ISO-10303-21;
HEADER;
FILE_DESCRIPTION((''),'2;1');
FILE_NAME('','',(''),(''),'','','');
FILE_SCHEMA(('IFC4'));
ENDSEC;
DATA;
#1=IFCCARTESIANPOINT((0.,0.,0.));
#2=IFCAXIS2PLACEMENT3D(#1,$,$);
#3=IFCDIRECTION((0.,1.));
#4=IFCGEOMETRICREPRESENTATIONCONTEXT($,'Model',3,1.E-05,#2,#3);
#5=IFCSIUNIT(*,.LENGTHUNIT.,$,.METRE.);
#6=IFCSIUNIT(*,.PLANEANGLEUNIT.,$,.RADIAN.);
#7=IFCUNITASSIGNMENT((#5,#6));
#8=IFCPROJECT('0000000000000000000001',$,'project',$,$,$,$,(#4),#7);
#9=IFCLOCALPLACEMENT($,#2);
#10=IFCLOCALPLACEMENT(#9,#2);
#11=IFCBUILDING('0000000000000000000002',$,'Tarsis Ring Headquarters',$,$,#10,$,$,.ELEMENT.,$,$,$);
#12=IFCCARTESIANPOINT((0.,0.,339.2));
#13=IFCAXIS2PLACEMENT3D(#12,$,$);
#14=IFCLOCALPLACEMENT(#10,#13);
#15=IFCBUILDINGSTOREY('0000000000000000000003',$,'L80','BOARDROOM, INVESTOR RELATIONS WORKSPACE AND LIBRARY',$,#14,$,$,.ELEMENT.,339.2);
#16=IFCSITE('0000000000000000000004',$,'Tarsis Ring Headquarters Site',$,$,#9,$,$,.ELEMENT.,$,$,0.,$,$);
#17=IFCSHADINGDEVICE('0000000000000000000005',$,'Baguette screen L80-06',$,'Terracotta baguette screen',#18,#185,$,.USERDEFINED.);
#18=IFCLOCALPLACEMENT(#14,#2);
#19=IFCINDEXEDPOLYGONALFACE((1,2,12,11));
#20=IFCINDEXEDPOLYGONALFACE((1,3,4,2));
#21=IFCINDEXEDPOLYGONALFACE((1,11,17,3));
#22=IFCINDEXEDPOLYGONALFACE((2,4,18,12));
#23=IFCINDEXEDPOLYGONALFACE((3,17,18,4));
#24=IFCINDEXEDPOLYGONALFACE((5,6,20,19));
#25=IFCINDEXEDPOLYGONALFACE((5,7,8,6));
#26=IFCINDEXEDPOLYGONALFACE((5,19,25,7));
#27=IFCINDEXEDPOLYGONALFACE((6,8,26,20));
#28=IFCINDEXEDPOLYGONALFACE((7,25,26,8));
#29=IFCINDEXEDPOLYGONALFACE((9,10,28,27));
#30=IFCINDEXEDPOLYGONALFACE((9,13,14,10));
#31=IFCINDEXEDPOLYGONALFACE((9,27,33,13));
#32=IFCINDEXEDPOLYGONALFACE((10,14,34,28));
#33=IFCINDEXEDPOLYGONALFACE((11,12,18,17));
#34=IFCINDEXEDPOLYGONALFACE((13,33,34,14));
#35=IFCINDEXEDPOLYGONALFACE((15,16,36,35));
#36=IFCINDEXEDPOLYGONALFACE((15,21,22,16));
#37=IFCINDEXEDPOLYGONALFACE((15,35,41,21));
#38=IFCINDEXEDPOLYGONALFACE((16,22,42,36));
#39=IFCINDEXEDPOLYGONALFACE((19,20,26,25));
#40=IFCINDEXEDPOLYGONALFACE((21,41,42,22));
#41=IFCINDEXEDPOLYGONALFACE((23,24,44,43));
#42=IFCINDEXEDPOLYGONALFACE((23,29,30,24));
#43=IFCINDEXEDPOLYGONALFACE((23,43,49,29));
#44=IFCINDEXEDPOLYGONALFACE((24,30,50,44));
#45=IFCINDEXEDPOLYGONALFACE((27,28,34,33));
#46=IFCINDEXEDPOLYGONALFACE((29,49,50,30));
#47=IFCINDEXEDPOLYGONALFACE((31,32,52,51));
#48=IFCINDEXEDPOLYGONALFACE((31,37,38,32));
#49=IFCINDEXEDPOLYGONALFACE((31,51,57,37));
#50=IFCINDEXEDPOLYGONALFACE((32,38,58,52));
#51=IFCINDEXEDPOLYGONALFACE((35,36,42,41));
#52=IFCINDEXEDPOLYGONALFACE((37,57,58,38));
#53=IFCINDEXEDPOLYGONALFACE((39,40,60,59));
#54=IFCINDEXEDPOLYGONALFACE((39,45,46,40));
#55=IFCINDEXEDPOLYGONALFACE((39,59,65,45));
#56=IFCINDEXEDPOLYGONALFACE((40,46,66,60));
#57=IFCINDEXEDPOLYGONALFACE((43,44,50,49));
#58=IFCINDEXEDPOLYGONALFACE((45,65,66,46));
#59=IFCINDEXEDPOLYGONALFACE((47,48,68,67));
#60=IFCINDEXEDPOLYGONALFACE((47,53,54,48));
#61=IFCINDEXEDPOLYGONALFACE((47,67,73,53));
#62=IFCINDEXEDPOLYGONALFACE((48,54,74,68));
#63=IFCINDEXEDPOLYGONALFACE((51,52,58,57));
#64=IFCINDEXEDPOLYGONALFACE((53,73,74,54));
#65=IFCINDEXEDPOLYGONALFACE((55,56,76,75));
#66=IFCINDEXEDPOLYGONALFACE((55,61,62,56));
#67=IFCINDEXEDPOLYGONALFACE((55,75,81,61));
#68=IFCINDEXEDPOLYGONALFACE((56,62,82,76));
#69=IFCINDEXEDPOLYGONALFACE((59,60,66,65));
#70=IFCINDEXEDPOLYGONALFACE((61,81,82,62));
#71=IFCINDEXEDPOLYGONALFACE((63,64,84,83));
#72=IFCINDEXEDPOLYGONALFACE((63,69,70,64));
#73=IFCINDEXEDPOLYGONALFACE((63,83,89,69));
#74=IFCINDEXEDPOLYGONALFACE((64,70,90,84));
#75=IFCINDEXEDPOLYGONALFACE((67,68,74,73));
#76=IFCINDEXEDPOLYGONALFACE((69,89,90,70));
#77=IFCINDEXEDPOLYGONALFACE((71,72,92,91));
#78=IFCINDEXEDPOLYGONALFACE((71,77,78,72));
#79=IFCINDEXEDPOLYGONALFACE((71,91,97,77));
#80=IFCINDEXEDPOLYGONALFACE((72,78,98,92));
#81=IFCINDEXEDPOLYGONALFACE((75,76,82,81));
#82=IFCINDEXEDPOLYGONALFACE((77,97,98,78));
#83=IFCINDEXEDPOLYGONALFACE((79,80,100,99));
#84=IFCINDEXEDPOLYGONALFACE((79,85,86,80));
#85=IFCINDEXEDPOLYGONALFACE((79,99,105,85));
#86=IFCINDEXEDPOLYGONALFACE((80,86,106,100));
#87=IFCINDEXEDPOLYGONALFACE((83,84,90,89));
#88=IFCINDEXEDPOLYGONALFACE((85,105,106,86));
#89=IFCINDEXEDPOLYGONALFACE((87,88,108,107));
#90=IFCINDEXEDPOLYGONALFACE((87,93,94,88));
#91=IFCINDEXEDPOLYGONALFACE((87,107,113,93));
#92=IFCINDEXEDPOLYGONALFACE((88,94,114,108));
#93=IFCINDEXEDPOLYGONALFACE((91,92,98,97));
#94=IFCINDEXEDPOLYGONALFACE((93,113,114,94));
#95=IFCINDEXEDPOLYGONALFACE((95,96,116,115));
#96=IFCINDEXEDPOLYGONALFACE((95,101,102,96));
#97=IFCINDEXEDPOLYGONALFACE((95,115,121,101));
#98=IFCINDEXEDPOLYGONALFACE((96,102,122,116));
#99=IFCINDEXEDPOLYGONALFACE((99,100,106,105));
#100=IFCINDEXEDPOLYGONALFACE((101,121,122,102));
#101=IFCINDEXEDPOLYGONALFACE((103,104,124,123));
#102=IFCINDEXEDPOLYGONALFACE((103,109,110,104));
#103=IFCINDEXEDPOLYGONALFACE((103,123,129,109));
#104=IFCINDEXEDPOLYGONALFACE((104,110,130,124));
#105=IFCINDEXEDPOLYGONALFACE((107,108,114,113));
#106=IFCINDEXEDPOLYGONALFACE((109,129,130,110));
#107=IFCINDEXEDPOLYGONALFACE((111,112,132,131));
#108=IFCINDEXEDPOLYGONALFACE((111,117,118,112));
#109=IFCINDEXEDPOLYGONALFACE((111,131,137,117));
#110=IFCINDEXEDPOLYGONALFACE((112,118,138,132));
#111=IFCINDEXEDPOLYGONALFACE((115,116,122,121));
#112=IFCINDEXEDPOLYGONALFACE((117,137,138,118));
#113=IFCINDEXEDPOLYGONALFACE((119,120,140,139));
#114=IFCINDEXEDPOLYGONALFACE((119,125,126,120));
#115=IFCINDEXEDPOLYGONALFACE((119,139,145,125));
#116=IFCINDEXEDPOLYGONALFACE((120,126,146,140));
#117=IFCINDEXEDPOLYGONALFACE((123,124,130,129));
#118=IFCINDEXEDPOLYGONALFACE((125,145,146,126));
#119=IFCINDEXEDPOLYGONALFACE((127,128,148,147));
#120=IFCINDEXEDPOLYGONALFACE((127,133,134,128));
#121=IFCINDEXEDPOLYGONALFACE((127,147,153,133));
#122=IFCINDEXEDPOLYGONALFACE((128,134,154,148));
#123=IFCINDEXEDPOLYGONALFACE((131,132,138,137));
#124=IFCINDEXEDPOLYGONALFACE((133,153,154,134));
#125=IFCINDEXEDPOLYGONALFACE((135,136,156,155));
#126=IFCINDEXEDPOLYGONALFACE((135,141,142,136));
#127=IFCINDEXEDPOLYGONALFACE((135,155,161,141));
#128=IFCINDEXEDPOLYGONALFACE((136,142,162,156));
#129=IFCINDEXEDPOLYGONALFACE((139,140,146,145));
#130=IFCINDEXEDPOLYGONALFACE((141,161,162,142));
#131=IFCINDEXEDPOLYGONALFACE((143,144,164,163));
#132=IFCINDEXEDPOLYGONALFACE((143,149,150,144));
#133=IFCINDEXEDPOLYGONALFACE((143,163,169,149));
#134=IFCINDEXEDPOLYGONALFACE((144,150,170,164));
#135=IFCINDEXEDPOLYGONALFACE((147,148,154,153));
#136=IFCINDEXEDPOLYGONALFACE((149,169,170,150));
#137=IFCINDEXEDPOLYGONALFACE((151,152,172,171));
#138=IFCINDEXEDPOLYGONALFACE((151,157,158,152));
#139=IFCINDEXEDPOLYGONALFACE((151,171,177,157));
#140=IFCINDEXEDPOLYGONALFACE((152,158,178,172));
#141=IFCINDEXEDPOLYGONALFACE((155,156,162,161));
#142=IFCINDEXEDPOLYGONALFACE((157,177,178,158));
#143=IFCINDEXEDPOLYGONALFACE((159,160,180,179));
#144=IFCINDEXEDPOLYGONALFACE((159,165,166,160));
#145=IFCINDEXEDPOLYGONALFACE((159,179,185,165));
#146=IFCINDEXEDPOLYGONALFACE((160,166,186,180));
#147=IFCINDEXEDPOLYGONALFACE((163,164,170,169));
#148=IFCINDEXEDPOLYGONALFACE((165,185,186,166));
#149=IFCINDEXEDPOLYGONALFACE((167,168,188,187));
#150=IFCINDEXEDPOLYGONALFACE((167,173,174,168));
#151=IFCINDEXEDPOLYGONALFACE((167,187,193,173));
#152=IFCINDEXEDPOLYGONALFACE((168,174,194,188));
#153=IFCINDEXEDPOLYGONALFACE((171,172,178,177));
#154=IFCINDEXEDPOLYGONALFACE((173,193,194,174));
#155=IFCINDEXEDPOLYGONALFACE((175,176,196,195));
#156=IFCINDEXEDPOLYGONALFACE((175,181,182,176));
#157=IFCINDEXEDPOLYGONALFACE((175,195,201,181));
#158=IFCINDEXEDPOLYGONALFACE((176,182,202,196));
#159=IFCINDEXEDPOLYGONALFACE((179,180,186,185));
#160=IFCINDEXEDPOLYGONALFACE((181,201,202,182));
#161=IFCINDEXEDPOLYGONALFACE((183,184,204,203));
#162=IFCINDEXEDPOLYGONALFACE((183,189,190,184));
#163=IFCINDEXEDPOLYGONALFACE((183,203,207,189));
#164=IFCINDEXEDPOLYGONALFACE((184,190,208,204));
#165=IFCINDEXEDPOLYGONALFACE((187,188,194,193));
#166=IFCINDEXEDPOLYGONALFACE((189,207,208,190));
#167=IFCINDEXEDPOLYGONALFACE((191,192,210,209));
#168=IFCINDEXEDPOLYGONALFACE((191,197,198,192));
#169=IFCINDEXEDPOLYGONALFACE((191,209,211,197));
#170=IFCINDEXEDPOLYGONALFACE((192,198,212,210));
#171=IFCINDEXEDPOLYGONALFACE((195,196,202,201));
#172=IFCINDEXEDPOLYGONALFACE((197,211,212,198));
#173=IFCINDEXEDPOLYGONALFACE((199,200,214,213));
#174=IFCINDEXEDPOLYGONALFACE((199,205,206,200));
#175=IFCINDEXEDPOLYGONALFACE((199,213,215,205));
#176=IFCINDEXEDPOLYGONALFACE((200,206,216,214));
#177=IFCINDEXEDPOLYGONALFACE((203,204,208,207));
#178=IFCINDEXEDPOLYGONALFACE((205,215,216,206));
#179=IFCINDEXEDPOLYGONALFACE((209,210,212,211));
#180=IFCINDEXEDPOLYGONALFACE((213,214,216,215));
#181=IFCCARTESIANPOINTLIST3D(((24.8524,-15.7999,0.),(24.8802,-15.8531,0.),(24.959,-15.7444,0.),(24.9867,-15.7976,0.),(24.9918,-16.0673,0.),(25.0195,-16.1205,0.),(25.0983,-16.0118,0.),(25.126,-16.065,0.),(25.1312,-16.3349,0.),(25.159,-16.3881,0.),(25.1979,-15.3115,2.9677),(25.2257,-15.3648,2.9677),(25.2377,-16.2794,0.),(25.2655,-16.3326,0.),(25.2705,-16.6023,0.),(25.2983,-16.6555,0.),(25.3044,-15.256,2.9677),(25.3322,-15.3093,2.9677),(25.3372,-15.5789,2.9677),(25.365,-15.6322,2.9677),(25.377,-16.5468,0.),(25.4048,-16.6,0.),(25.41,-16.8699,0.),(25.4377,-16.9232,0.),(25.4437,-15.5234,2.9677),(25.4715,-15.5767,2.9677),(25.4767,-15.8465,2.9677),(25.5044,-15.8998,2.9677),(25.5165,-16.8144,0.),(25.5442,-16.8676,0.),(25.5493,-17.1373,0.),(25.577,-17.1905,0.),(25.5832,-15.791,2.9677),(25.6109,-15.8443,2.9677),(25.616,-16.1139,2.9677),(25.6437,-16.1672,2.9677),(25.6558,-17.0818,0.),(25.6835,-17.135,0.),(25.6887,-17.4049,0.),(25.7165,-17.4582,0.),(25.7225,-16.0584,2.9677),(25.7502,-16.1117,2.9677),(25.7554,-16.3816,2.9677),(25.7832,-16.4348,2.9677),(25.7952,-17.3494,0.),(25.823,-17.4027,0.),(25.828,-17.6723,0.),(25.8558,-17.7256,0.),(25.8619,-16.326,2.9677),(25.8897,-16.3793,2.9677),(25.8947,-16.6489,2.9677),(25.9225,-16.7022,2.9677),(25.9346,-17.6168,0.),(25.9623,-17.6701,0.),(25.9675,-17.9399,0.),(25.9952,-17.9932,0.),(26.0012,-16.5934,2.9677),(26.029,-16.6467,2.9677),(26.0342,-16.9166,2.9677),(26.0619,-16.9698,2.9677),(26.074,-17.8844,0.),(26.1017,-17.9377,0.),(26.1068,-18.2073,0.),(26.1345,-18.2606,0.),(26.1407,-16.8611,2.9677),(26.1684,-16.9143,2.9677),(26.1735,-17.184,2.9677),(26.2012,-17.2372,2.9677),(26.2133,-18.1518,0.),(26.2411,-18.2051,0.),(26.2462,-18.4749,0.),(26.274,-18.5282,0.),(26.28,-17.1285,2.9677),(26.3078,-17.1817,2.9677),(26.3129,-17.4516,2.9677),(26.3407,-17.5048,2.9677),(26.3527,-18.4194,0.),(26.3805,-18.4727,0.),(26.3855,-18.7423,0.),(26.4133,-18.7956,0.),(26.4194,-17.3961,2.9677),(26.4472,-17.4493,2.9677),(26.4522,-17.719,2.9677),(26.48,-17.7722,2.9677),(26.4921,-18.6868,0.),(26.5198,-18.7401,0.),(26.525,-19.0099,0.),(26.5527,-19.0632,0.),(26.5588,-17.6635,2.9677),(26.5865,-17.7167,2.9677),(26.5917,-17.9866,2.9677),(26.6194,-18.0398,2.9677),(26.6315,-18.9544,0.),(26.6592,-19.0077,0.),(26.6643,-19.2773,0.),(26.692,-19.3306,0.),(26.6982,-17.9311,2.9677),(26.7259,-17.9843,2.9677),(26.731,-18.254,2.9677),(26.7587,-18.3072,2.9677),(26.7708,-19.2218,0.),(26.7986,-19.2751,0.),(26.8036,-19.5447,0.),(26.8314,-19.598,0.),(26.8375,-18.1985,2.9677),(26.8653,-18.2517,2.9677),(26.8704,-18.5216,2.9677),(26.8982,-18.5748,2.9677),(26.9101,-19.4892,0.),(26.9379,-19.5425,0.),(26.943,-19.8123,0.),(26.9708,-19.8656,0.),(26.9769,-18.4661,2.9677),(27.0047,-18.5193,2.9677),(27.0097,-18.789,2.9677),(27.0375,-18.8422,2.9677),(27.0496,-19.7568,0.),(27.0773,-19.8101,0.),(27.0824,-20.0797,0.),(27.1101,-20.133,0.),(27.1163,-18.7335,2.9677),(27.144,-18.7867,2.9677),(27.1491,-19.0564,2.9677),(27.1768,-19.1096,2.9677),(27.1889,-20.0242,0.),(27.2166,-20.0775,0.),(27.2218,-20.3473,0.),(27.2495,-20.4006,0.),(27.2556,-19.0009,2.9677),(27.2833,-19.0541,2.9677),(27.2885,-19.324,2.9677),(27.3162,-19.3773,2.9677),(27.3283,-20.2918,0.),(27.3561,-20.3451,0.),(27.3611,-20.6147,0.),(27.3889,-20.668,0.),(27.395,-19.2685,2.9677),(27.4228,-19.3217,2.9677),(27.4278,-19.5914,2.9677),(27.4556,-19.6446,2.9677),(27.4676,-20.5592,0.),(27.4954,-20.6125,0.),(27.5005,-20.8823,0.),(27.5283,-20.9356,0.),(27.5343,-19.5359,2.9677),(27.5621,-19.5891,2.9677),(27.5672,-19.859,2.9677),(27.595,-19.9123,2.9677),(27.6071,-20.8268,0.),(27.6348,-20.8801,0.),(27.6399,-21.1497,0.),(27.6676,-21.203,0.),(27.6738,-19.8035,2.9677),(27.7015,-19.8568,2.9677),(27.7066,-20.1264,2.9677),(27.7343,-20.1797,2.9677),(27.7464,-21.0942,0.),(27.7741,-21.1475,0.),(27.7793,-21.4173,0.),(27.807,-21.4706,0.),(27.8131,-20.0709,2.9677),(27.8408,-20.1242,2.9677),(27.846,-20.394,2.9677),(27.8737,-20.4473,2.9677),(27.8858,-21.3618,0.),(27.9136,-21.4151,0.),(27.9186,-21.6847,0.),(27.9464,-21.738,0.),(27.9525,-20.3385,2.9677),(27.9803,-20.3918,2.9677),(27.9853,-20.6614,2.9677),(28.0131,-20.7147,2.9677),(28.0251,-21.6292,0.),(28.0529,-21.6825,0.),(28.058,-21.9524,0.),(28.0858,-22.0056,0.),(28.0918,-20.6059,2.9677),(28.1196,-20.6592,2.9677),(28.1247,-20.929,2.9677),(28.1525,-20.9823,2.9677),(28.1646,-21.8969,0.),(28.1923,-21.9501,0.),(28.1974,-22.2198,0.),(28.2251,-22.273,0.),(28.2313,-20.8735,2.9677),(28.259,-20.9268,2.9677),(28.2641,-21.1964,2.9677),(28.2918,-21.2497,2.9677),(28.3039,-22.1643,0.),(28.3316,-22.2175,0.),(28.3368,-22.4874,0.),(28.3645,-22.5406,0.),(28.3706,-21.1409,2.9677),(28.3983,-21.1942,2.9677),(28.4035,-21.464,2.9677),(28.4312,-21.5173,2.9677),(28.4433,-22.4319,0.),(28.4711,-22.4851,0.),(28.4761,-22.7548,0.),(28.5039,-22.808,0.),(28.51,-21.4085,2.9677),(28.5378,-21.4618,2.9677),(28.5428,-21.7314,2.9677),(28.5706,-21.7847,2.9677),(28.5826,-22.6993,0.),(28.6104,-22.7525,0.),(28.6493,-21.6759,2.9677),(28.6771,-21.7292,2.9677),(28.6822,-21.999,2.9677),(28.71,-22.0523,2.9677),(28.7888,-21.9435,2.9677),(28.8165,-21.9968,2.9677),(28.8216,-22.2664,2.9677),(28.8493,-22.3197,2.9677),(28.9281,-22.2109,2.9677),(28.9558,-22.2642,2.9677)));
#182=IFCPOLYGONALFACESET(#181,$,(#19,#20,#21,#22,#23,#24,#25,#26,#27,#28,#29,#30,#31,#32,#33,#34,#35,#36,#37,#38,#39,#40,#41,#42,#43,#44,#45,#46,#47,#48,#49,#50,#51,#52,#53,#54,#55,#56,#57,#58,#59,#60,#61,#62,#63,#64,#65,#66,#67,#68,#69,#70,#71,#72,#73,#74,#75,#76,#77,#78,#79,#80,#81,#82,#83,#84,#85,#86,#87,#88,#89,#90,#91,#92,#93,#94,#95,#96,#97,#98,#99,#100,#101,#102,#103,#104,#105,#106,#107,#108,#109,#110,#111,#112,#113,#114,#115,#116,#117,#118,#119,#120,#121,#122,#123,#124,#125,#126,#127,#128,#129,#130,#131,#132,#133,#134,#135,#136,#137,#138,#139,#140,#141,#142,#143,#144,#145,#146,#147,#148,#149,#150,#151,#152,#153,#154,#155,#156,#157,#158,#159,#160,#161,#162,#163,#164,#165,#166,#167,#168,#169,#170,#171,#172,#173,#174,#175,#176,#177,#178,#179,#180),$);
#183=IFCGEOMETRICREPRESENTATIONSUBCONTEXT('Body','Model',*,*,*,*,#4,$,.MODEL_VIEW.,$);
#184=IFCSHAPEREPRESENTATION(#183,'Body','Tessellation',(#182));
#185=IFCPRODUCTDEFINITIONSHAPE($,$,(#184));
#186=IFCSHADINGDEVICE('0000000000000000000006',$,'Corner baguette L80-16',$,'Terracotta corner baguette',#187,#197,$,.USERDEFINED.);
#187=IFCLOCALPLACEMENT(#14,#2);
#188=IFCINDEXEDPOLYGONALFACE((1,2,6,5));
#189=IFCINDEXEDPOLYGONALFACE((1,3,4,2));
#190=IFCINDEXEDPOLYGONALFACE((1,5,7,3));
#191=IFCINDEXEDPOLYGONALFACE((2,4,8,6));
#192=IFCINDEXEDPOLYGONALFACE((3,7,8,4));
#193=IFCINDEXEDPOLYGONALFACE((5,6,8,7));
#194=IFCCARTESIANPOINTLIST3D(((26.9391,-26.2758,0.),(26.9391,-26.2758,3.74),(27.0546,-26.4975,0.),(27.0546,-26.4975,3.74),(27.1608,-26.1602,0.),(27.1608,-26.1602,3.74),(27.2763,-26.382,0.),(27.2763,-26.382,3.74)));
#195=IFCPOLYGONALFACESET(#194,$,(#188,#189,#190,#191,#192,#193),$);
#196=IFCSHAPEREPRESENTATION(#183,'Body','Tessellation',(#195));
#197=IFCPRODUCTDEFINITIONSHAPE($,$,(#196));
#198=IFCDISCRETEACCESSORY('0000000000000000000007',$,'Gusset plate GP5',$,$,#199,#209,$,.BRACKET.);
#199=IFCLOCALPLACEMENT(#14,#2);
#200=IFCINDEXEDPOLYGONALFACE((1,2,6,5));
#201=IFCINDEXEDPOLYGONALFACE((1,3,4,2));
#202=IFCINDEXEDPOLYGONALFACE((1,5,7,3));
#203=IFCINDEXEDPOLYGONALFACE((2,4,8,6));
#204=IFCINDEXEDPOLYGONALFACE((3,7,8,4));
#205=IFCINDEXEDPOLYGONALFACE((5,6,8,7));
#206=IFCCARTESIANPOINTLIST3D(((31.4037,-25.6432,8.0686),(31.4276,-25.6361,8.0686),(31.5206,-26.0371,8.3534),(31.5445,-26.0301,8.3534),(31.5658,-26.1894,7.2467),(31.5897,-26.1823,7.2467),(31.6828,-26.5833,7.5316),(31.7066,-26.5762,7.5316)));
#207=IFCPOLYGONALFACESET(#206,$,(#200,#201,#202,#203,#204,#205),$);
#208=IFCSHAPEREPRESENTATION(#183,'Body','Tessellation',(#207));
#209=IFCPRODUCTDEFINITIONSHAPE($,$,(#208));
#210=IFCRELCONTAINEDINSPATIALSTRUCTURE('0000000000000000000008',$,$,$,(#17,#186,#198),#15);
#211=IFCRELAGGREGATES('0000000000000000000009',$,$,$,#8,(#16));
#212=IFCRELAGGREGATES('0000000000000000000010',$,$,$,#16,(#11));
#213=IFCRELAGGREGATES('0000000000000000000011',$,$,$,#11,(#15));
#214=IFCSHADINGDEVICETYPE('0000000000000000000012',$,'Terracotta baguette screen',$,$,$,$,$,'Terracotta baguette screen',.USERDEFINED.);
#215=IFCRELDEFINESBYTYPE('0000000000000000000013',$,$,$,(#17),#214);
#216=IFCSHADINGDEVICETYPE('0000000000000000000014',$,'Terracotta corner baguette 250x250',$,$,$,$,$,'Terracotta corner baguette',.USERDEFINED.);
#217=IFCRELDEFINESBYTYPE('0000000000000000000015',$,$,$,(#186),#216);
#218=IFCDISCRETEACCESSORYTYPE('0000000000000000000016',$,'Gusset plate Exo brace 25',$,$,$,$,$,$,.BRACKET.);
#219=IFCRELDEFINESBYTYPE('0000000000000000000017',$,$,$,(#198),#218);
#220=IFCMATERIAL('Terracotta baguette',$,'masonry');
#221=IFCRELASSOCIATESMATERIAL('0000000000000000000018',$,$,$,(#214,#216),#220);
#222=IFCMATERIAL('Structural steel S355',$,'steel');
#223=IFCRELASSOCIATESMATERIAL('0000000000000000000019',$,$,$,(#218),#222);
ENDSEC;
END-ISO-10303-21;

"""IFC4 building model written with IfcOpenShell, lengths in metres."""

from ifc_helpers import new_model, si_unit, direction, frame, frame_2d, origin, origin_2d, place, context, subcontext, project, spatial, rectangle, composite_profile, extrude, material, material_profile, profile_set, type_object, element, save


model = new_model("IFC4")

# Units and contexts
model_context = context("Model", 3, precision=1e-05, world=origin(), true_north=direction((0.0, 1.0)))
body_context = subcontext(model_context, "Body", "Model", "MODEL_VIEW")
ifc_project = project(units=[si_unit("LENGTHUNIT", "METRE"), si_unit("PLANEANGLEUNIT", "RADIAN")], contexts=[model_context])

# Site, building, storey
site_placement = place(None, origin())
site = spatial("IfcSite", under=ifc_project, at=site_placement, Name="Tarsis Ring Headquarters Site", CompositionType="ELEMENT", RefElevation=0.0)
building_placement = place(site_placement, origin())
building = spatial("IfcBuilding", under=site, at=building_placement, Name="Tarsis Ring Headquarters", CompositionType="ELEMENT")
storey_placement = place(building_placement, frame((0.0, 0.0, 339.2)))
storey = spatial("IfcBuildingStorey", under=building, at=storey_placement, Name="L80", Description="BOARDROOM, INVESTOR RELATIONS WORKSPACE AND LIBRARY", CompositionType="ELEMENT", Elevation=339.2)

# Shared definitions
ifc_material_1 = material(Name="Structural steel S355", Category="steel")

# Shading devices
ifc_material_2 = material(Name="Terracotta baguette", Category="masonry")
shading_device_type_1 = type_object("IfcShadingDeviceType", Name="Terracotta baguette screen", ElementType="Terracotta baguette screen", PredefinedType="USERDEFINED", material=ifc_material_2)
shading_device_1_placement = place(storey_placement, frame((28.5571, -22.7803, 0.0), z_axis=(0.0, 0.0, 1.0), x_axis=(-0.462061, 0.886833, 0.0)))
element("IfcShadingDevice", 1, at=shading_device_1_placement, inside=storey, type_object=shading_device_type_1, Name="Baguette screen L80-06", ObjectType="Terracotta baguette screen", PredefinedType="USERDEFINED", context=body_context, shape_type="SweptSolid", body=[
    extrude(composite_profile([rectangle(XDim=0.0601, YDim=0.1201, at=frame_2d((0.03, 0.0))), rectangle(XDim=0.0601, YDim=0.1201, at=frame_2d((0.3315, 0.0))), rectangle(XDim=0.0601, YDim=0.1201, at=frame_2d((0.6333, 0.0))), rectangle(XDim=0.0601, YDim=0.1201, at=frame_2d((0.9348, 0.0))), rectangle(XDim=0.0601, YDim=0.1201, at=frame_2d((1.2366, 0.0))), rectangle(XDim=0.0601, YDim=0.1201, at=frame_2d((1.5381, 0.0))), rectangle(XDim=0.0601, YDim=0.1201, at=frame_2d((1.8398, 0.0))), rectangle(XDim=0.0601, YDim=0.1201, at=frame_2d((2.1414, 0.0))), rectangle(XDim=0.0601, YDim=0.1201, at=frame_2d((2.4431, 0.0))), rectangle(XDim=0.0601, YDim=0.1201, at=frame_2d((2.7446, 0.0))), rectangle(XDim=0.0601, YDim=0.1201, at=frame_2d((3.0464, 0.0))), rectangle(XDim=0.0601, YDim=0.1201, at=frame_2d((3.3479, 0.0))), rectangle(XDim=0.0601, YDim=0.1201, at=frame_2d((3.6497, 0.0))), rectangle(XDim=0.0601, YDim=0.1201, at=frame_2d((3.9512, 0.0))), rectangle(XDim=0.0601, YDim=0.1201, at=frame_2d((4.2527, 0.0))), rectangle(XDim=0.0601, YDim=0.1201, at=frame_2d((4.5544, 0.0))), rectangle(XDim=0.0601, YDim=0.1201, at=frame_2d((4.856, 0.0))), rectangle(XDim=0.0601, YDim=0.1201, at=frame_2d((5.1577, 0.0))), rectangle(XDim=0.0601, YDim=0.1201, at=frame_2d((5.4592, 0.0))), rectangle(XDim=0.0601, YDim=0.1201, at=frame_2d((5.761, 0.0))), rectangle(XDim=0.0601, YDim=0.1201, at=frame_2d((6.0625, 0.0))), rectangle(XDim=0.0601, YDim=0.1201, at=frame_2d((6.3643, 0.0))), rectangle(XDim=0.0601, YDim=0.1201, at=frame_2d((6.6658, 0.0))), rectangle(XDim=0.0601, YDim=0.1201, at=frame_2d((6.9675, 0.0))), rectangle(XDim=0.0601, YDim=0.1201, at=frame_2d((7.269, 0.0))), rectangle(XDim=0.0601, YDim=0.1201, at=frame_2d((7.5708, 0.0))), rectangle(XDim=0.0601, YDim=0.1201, at=frame_2d((7.8723, 0.0)))]), origin(), (0.090329, -0.175734, 0.980285), 3.0273),
])
shading_device_type_2 = type_object("IfcShadingDeviceType", Name="Terracotta corner baguette 250x250", ElementType="Terracotta corner baguette", PredefinedType="USERDEFINED", material=ifc_material_2)
shading_device_2_placement = place(storey_placement, frame((27.1077, -26.3289, 0.0), z_axis=(0.0, 0.0, 1.0), x_axis=(0.88685, 0.462058, 0.0)))
element("IfcShadingDevice", 2, at=shading_device_2_placement, inside=storey, type_object=shading_device_type_2, Name="Corner baguette L80-16", ObjectType="Terracotta corner baguette", PredefinedType="USERDEFINED", context=body_context, shape_type="SweptSolid", body=[
    extrude(rectangle(XDim=0.25, YDim=0.25, at=origin_2d()), origin(), (0.0, 0.0, 1.0), 3.74),
])

# Discrete accessory
ifc_material_profile_1 = material_profile(ifc_material_1, rectangle(XDim=0.0249, YDim=0.5, at=origin_2d()), Name="PL 25x500")
ifc_profile_set_1 = profile_set([ifc_material_profile_1], Name="Structural steel S355")
discrete_accessory_type = type_object("IfcDiscreteAccessoryType", Name="Gusset plate Exo brace 25", PredefinedType="BRACKET", material=ifc_profile_set_1)
discrete_accessory_1_placement = place(storey_placement, frame((31.6362, -26.3828, 7.3892), z_axis=(-0.16212, 0.546178, 0.821831), x_axis=(-0.95866, -0.284555, 0.0)))
element("IfcDiscreteAccessory", 3, at=discrete_accessory_1_placement, inside=storey, type_object=discrete_accessory_type, Name="Gusset plate GP5", PredefinedType="BRACKET", context=body_context, shape_type="SweptSolid", body=[
    extrude(rectangle(XDim=0.0249, YDim=0.5, at=origin_2d()), origin(), (0.0, 0.0, 1.0), 1.0),
])

save(model, "model.ifc")
